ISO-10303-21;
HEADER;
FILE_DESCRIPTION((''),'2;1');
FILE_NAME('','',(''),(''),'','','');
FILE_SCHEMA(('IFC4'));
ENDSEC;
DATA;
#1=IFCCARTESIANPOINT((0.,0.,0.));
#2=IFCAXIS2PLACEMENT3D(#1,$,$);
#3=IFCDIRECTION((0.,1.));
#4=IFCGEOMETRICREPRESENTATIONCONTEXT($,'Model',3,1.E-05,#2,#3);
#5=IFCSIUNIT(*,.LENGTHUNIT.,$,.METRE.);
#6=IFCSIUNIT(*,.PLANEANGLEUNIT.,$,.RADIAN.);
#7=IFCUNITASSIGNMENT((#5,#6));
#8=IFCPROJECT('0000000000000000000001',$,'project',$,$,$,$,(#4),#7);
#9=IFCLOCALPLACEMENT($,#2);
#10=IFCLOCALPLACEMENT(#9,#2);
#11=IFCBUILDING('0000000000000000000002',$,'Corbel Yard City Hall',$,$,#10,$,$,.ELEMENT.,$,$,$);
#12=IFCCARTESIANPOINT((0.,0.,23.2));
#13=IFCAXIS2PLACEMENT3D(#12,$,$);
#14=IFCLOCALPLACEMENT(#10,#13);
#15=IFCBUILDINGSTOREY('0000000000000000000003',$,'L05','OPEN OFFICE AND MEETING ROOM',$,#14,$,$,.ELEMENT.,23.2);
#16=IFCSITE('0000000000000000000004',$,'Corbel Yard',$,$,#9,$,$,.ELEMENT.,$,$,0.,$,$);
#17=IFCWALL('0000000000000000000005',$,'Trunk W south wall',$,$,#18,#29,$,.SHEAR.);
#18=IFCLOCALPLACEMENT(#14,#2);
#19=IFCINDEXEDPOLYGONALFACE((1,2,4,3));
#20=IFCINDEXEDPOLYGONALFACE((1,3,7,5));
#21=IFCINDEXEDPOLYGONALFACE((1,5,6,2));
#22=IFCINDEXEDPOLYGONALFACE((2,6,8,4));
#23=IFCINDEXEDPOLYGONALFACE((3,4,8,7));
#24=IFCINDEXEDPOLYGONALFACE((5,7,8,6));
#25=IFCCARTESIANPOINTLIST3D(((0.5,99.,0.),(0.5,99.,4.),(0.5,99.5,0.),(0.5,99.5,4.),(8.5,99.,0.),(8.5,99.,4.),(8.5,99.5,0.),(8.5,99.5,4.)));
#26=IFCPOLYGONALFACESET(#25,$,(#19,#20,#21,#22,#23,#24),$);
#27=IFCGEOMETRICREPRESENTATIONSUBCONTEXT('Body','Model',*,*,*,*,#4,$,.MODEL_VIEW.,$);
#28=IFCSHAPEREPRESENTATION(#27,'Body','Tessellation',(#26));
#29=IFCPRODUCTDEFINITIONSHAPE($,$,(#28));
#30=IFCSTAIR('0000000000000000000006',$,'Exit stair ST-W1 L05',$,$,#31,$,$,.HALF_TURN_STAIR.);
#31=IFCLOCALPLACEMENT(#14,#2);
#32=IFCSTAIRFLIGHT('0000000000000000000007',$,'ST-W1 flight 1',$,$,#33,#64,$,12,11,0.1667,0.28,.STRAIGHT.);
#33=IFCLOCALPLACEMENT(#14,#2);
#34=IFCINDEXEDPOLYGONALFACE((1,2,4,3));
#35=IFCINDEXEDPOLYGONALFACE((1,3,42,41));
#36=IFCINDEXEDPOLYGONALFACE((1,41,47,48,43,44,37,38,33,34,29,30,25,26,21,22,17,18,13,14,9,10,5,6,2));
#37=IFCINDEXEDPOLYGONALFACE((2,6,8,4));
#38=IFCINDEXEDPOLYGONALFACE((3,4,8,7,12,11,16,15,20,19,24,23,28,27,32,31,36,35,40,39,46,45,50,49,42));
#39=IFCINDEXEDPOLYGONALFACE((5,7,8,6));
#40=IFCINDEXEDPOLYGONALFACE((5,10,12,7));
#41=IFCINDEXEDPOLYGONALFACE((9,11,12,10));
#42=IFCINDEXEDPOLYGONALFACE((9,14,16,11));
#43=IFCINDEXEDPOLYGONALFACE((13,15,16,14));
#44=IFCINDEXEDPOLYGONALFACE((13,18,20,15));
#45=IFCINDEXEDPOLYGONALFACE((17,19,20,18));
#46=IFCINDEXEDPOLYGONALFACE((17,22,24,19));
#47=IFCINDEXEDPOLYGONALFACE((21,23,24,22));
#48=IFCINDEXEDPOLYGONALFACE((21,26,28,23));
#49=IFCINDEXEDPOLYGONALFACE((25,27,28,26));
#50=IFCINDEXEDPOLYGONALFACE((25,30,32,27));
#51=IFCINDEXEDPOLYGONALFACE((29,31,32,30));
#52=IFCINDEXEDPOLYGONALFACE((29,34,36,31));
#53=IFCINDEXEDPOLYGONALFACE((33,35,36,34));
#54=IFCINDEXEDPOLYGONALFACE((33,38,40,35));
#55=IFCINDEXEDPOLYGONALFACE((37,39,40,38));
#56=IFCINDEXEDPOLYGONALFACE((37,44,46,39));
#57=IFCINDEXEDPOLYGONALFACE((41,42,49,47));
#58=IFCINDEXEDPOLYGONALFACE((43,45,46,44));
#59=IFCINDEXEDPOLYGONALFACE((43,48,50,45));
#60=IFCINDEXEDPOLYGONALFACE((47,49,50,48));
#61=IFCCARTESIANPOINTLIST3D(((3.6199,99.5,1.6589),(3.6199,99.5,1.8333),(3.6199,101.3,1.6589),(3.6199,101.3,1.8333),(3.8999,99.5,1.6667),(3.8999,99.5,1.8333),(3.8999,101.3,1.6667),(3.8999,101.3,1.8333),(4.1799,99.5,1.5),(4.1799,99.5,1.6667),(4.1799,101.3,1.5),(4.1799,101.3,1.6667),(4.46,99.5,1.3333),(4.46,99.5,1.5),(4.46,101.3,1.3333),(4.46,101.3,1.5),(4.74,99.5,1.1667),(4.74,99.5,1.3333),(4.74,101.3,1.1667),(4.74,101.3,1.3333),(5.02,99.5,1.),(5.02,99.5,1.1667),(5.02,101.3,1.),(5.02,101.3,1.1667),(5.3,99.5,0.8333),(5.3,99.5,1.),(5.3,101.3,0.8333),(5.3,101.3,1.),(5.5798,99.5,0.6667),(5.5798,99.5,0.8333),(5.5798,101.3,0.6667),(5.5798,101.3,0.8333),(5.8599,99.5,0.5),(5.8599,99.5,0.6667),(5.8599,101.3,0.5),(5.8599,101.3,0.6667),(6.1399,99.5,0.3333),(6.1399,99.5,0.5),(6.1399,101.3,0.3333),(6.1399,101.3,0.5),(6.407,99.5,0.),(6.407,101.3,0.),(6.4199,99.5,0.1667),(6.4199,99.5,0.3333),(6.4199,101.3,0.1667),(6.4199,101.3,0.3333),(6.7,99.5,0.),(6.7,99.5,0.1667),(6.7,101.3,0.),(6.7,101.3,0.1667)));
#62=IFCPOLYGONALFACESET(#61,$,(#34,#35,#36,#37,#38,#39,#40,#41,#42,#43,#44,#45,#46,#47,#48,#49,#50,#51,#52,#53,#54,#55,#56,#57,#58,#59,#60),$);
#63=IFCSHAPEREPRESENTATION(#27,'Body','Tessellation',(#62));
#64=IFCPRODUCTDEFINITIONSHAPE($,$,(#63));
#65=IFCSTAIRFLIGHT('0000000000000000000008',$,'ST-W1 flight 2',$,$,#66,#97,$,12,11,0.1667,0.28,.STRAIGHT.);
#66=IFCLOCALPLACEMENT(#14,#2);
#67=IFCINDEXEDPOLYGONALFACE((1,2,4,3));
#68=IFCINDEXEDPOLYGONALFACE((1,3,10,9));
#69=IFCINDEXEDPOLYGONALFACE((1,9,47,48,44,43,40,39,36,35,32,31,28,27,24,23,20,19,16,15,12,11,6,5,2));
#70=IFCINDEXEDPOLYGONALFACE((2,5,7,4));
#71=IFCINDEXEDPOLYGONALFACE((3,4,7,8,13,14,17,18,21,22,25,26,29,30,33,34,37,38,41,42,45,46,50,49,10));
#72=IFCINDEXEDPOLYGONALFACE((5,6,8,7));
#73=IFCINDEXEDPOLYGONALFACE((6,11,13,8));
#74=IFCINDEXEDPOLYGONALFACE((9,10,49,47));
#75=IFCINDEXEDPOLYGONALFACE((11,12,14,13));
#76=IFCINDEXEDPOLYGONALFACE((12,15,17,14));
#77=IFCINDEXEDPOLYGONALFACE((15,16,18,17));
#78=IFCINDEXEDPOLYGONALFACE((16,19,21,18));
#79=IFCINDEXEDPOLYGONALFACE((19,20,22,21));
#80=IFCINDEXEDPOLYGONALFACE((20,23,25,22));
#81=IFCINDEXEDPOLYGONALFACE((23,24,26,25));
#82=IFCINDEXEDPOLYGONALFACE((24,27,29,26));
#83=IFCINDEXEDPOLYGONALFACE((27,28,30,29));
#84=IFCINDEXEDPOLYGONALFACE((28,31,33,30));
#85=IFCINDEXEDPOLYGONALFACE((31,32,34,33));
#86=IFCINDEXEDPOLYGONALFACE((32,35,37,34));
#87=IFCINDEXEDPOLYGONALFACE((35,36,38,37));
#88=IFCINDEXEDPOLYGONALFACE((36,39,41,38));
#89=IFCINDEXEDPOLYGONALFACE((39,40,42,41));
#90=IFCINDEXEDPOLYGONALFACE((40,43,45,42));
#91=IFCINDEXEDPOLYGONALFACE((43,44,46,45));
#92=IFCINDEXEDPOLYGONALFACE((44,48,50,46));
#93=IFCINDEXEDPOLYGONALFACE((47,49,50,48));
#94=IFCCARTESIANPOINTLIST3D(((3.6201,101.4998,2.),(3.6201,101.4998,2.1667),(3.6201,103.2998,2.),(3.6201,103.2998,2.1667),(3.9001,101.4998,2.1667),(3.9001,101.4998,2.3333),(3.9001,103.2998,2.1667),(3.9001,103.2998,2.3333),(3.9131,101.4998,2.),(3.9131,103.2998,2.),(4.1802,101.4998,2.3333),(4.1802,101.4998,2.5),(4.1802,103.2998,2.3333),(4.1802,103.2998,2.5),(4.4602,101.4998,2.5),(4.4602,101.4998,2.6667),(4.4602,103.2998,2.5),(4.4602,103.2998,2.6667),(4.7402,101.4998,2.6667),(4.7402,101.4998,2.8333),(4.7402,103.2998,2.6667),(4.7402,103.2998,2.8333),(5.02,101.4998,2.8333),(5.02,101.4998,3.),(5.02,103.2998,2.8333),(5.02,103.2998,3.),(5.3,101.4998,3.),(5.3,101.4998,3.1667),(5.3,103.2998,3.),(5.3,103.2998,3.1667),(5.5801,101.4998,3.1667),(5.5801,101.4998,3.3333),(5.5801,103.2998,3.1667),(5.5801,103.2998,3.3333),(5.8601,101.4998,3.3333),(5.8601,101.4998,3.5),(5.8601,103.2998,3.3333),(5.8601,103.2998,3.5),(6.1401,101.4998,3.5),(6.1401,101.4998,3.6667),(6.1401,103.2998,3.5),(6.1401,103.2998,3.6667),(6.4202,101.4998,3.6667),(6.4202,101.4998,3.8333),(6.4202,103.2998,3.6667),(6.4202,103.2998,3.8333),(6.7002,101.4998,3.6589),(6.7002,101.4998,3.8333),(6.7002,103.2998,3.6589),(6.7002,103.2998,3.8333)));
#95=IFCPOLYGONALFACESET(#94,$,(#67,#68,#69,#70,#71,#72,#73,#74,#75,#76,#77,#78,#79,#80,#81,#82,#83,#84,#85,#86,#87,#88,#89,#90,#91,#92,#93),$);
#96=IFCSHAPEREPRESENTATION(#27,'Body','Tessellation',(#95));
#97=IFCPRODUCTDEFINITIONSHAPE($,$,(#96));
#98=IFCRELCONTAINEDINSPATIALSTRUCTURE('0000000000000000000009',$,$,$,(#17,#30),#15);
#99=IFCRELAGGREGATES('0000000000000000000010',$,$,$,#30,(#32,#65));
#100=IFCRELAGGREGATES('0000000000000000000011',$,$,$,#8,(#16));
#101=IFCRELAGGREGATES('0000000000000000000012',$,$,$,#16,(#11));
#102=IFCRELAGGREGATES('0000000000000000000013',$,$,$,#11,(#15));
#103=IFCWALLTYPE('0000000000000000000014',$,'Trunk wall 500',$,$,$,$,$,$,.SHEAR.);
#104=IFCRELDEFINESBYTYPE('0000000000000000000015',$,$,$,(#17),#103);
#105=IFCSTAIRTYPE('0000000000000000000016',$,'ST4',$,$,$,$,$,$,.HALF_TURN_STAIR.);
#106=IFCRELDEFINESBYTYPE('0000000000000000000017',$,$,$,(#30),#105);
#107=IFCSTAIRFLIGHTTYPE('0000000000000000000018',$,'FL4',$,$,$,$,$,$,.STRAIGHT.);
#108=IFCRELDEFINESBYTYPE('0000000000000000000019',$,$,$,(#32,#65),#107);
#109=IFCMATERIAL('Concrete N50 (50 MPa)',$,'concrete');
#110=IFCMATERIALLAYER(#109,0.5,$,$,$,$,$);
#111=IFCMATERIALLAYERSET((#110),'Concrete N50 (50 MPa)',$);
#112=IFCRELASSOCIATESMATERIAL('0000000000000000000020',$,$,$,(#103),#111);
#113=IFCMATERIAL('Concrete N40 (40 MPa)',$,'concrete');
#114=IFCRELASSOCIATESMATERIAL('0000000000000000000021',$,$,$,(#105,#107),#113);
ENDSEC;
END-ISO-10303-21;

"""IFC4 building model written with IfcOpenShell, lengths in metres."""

from ifc_helpers import new_model, si_unit, direction, frame, frame_2d, origin, place, context, subcontext, project, spatial, polyline, rectangle, outline, extrude, material, layer, layer_set, type_object, element, aggregate, save


model = new_model("IFC4")

# Units and contexts
model_context = context("Model", 3, precision=1e-05, world=origin(), true_north=direction((0.0, 1.0)))
body_context = subcontext(model_context, "Body", "Model", "MODEL_VIEW")
ifc_project = project(units=[si_unit("LENGTHUNIT", "METRE"), si_unit("PLANEANGLEUNIT", "RADIAN")], contexts=[model_context])

# Site, building, storey
site_placement = place(None, origin())
site = spatial("IfcSite", under=ifc_project, at=site_placement, Name="Corbel Yard", CompositionType="ELEMENT", RefElevation=0.0)
building_placement = place(site_placement, origin())
building = spatial("IfcBuilding", under=site, at=building_placement, Name="Corbel Yard City Hall", CompositionType="ELEMENT")
storey_placement = place(building_placement, frame((0.0, 0.0, 23.2)))
storey = spatial("IfcBuildingStorey", under=building, at=storey_placement, Name="L05", Description="OPEN OFFICE AND MEETING ROOM", CompositionType="ELEMENT", Elevation=23.2)

# Shared definitions
ifc_material_1 = material(Name="Concrete N40 (40 MPa)", Category="concrete")

# Wall
ifc_material_2 = material(Name="Concrete N50 (50 MPa)", Category="concrete")
ifc_layer_1 = layer(ifc_material_2, 0.5)
ifc_layer_set_1 = layer_set([ifc_layer_1], Name="Concrete N50 (50 MPa)")
wall_type_1 = type_object("IfcWallType", Name="Trunk wall 500", PredefinedType="SHEAR", material=ifc_layer_set_1)
wall_1_placement = place(storey_placement, frame((0.5, 99.25, 0.0), z_axis=(0.0, 0.0, 1.0), x_axis=(1.0, 0.0, 0.0)))
element("IfcWall", 1, at=wall_1_placement, inside=storey, type_object=wall_type_1, Name="Trunk W south wall", PredefinedType="SHEAR", context=body_context, shape_type="SweptSolid", body=[
    extrude(rectangle(XDim=8.0, YDim=0.5, at=frame_2d((4.0, 0.0))), origin(), (0.0, 0.0, 1.0), 4.0),
])

# Stair, stair flights
stair_type = type_object("IfcStairType", Name="ST4", PredefinedType="HALF_TURN_STAIR", material=ifc_material_1)
stair_placement = place(storey_placement, origin())
stair = element("IfcStair", 2, at=stair_placement, inside=storey, type_object=stair_type, Name="Exit stair ST-W1 L05", PredefinedType="HALF_TURN_STAIR")
stair_flight_type = type_object("IfcStairFlightType", Name="FL4", PredefinedType="STRAIGHT", material=ifc_material_1)
stair_flight_1_placement = place(storey_placement, frame((6.7, 100.3999, 0.0), z_axis=(0.0, 0.0, 1.0), x_axis=(-1.0, 0.0, 0.0)))
stair_flight_1 = element("IfcStairFlight", 3, at=stair_flight_1_placement, type_object=stair_flight_type, Name="ST-W1 flight 1", NumberOfRisers=12, NumberOfTreads=11, PredefinedType="STRAIGHT", RiserHeight=0.1667, TreadLength=0.28, context=body_context, shape_type="SweptSolid", body=[
    extrude(outline(polyline([(0.0, 0.0), (0.0, 0.1667), (0.28, 0.1667), (0.28, 0.3333), (0.5601, 0.3333), (0.5601, 0.5), (0.8401, 0.5), (0.8401, 0.6667), (1.1201, 0.6667), (1.1201, 0.8333), (1.3999, 0.8333), (1.3999, 1.0), (1.6799, 1.0), (1.6799, 1.1667), (1.96, 1.1667), (1.96, 1.3333), (2.24, 1.3333), (2.24, 1.5), (2.52, 1.5), (2.52, 1.6667), (2.8, 1.6667), (2.8, 1.8333), (3.0801, 1.8333), (3.0801, 2.0), (3.0801, 1.6589), (0.293, 0.0), (0.0, 0.0)])), frame((0.0, 0.8999, 0.0), z_axis=(0.0, -1.0, 0.0), x_axis=(1.0, 0.0, 0.0)), (0.0, 0.0, 1.0), 1.8),
])
stair_flight_2_placement = place(storey_placement, frame((3.6201, 102.3999, 2.0), z_axis=(0.0, 0.0, 1.0), x_axis=(1.0, 0.0, 0.0)))
stair_flight_2 = element("IfcStairFlight", 4, at=stair_flight_2_placement, type_object=stair_flight_type, Name="ST-W1 flight 2", NumberOfRisers=12, NumberOfTreads=11, PredefinedType="STRAIGHT", RiserHeight=0.1667, TreadLength=0.28, context=body_context, shape_type="SweptSolid", body=[
    extrude(outline(polyline([(0.0, 0.0), (0.0, 0.1667), (0.28, 0.1667), (0.28, 0.3333), (0.5601, 0.3333), (0.5601, 0.5), (0.8401, 0.5), (0.8401, 0.6667), (1.1201, 0.6667), (1.1201, 0.8333), (1.3999, 0.8333), (1.3999, 1.0), (1.6799, 1.0), (1.6799, 1.1667), (1.96, 1.1667), (1.96, 1.3333), (2.24, 1.3333), (2.24, 1.5), (2.52, 1.5), (2.52, 1.6667), (2.8, 1.6667), (2.8, 1.8333), (3.0801, 1.8333), (3.0801, 2.0), (3.0801, 1.6589), (0.293, 0.0), (0.0, 0.0)])), frame((0.0, 0.8999, 0.0), z_axis=(0.0, -1.0, 0.0), x_axis=(1.0, 0.0, 0.0)), (0.0, 0.0, 1.0), 1.8),
])
aggregate(stair, [stair_flight_1, stair_flight_2])

save(model, "model.ifc")
